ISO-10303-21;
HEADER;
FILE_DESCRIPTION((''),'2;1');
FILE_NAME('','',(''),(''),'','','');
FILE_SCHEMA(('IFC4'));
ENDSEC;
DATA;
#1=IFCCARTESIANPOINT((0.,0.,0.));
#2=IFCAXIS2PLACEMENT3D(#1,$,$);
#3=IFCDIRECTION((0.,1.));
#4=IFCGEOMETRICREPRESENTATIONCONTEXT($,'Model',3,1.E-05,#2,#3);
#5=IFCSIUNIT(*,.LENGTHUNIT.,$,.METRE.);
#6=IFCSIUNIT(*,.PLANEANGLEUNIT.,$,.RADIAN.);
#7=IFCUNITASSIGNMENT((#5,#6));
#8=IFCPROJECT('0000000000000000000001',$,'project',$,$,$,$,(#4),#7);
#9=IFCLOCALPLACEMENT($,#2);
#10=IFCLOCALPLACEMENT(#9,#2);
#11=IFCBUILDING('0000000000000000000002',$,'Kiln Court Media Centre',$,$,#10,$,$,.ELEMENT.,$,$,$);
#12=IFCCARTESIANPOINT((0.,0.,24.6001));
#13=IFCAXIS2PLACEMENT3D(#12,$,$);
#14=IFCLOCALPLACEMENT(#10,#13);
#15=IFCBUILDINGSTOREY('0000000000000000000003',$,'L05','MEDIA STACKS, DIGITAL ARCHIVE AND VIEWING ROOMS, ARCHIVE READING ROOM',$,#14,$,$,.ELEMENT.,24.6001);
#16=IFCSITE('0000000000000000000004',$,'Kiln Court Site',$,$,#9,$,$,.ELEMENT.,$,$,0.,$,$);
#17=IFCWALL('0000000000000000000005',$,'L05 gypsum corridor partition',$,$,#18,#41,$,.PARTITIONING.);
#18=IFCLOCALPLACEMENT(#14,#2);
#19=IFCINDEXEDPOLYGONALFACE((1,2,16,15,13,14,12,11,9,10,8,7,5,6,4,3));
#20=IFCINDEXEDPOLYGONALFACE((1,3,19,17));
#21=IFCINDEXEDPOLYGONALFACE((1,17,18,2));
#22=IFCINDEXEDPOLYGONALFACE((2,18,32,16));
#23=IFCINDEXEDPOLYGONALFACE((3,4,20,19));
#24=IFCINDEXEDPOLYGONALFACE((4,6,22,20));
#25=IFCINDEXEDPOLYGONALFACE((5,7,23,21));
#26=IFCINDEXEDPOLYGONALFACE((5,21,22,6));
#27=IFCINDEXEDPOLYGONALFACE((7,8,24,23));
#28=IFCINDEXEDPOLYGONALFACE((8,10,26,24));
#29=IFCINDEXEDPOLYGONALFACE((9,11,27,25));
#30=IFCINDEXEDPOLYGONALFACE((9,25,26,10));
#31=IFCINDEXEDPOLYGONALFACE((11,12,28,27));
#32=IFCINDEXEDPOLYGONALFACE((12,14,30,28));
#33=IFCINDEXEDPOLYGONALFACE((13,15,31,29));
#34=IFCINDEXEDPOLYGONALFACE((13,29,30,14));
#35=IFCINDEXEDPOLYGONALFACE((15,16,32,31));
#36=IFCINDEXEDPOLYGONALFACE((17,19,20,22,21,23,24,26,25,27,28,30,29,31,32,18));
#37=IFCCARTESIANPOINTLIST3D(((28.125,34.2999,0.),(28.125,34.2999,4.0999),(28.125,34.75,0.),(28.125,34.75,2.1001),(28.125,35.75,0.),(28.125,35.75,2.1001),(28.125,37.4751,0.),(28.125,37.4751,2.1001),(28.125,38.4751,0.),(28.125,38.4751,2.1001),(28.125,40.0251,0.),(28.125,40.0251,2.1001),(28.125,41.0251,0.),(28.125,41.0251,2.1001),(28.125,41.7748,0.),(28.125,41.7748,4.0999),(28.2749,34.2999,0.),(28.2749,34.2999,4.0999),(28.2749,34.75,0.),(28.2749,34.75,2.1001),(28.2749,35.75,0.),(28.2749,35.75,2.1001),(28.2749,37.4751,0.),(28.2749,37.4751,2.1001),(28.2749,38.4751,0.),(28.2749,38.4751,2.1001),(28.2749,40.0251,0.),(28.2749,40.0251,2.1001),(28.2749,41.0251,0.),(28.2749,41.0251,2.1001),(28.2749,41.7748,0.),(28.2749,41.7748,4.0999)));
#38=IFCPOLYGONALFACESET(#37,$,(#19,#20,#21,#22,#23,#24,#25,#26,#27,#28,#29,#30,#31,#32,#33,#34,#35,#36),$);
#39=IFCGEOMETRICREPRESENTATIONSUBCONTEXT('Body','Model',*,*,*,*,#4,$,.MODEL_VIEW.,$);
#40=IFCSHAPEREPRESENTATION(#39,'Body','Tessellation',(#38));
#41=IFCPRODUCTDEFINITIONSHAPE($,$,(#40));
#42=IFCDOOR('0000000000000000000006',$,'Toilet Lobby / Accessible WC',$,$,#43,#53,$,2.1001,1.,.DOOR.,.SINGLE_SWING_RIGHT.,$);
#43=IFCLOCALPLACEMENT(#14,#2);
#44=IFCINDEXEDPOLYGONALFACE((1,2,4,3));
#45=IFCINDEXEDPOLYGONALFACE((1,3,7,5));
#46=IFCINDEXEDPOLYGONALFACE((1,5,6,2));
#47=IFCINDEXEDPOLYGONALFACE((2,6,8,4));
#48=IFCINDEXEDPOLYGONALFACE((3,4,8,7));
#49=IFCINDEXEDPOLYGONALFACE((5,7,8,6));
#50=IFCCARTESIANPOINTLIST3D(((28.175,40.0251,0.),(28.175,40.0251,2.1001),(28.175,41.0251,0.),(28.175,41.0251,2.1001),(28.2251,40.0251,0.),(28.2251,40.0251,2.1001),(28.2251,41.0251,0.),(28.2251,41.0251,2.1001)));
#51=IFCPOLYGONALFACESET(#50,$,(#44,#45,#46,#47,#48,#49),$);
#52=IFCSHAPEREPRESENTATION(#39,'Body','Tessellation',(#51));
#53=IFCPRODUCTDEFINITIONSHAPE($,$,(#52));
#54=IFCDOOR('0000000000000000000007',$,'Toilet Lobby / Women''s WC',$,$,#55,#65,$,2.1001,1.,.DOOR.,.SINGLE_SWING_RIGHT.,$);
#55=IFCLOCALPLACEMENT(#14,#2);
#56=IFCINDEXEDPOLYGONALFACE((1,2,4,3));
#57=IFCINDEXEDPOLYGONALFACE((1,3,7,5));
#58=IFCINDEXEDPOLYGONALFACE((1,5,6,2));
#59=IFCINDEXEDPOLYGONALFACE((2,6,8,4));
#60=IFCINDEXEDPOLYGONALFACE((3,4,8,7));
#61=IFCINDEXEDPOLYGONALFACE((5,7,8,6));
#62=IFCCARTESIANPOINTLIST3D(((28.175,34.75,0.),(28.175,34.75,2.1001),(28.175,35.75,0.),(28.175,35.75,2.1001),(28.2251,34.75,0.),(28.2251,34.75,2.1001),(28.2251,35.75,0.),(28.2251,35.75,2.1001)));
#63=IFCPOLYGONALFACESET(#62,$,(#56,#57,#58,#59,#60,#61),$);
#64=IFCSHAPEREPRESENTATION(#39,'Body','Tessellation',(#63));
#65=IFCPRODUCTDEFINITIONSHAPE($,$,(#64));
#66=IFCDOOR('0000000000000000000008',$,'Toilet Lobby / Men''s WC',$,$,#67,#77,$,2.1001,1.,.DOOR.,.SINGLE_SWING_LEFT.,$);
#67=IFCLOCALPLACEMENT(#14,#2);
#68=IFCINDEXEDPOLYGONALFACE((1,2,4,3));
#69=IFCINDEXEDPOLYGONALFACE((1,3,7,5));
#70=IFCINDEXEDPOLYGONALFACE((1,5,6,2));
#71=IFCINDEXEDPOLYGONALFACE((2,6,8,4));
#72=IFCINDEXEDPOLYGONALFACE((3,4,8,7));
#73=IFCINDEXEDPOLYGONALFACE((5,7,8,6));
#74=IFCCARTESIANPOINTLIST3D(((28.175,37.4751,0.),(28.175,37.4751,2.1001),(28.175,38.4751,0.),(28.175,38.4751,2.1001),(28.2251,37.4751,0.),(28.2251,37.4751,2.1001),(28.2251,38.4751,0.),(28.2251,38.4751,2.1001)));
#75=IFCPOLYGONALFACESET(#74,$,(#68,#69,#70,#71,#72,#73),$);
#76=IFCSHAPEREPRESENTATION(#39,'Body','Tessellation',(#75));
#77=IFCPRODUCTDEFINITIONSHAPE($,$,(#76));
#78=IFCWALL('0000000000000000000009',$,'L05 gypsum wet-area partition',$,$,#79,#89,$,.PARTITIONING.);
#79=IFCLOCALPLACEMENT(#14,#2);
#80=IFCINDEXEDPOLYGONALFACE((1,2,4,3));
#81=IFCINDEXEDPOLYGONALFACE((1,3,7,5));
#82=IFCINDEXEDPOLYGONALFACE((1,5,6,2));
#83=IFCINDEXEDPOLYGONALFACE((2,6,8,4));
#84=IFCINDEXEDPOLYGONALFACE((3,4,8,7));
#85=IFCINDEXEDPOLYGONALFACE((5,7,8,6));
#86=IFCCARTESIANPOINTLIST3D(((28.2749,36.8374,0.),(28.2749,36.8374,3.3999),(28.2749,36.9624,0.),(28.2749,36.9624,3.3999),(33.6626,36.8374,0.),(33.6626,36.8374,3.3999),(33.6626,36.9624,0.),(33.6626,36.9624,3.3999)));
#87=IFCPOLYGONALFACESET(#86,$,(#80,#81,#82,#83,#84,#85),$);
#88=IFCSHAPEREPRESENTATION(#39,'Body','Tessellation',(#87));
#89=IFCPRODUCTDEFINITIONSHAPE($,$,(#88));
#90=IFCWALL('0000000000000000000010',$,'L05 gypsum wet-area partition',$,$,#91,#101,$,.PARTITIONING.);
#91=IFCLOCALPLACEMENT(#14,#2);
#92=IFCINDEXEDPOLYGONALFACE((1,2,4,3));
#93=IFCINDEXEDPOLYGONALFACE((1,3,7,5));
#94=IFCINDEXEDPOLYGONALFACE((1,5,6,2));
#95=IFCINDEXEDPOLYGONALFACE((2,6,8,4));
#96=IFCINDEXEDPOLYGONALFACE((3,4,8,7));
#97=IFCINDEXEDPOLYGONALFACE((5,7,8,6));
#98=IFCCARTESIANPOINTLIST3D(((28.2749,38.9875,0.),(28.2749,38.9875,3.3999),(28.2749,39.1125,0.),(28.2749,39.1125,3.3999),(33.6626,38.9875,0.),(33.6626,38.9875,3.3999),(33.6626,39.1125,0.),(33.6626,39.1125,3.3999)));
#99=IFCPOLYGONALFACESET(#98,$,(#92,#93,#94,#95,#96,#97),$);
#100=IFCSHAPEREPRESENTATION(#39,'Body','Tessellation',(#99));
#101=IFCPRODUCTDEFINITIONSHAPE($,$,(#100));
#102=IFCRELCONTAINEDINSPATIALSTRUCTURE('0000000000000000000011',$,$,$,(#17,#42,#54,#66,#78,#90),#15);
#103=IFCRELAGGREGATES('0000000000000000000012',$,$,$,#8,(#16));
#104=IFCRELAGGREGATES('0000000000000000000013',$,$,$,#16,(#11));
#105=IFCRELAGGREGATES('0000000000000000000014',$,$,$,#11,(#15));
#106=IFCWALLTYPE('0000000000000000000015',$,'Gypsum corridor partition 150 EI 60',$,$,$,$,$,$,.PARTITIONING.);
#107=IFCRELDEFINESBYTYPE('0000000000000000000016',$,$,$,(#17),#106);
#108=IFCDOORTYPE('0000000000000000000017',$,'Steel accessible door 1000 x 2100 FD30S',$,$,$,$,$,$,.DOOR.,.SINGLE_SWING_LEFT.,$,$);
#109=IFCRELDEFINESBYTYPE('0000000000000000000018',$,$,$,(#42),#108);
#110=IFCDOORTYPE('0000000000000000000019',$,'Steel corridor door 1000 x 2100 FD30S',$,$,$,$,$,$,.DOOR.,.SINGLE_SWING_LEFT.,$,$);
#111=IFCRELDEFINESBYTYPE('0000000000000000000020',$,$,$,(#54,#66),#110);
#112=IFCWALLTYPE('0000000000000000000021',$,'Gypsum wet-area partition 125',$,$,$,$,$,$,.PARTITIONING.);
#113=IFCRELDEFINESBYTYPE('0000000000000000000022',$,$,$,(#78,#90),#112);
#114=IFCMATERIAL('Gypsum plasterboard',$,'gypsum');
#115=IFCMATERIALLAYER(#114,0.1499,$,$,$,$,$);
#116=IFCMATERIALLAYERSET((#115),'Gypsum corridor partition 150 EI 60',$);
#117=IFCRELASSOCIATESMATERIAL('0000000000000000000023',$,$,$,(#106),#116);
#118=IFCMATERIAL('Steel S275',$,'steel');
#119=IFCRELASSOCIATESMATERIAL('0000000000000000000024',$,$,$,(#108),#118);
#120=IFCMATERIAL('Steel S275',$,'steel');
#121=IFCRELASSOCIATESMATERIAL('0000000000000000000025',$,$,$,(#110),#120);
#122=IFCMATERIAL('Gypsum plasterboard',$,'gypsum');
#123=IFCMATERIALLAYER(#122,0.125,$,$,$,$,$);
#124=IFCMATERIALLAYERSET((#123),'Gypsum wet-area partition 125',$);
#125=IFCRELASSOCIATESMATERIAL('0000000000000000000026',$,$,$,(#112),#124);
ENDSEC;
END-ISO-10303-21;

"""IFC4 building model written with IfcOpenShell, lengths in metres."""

from ifc_helpers import new_model, si_unit, direction, frame, frame_2d, origin, place, context, subcontext, project, spatial, rectangle, extrude, material, layer, layer_set, type_object, element, fill, save


model = new_model("IFC4")

# Units and contexts
model_context = context("Model", 3, precision=1e-05, world=origin(), true_north=direction((0.0, 1.0)))
body_context = subcontext(model_context, "Body", "Model", "MODEL_VIEW")
ifc_project = project(units=[si_unit("LENGTHUNIT", "METRE"), si_unit("PLANEANGLEUNIT", "RADIAN")], contexts=[model_context])

# Site, building, storey
site_placement = place(None, origin())
site = spatial("IfcSite", under=ifc_project, at=site_placement, Name="Kiln Court Site", CompositionType="ELEMENT", RefElevation=0.0)
building_placement = place(site_placement, origin())
building = spatial("IfcBuilding", under=site, at=building_placement, Name="Kiln Court Media Centre", CompositionType="ELEMENT")
storey_placement = place(building_placement, frame((0.0, 0.0, 24.6001)))
storey = spatial("IfcBuildingStorey", under=building, at=storey_placement, Name="L05", Description="MEDIA STACKS, DIGITAL ARCHIVE AND VIEWING ROOMS, ARCHIVE READING ROOM", CompositionType="ELEMENT", Elevation=24.6001)

# Shared definitions
ifc_material_1 = material(Name="Gypsum plasterboard", Category="gypsum")
ifc_layer_1 = layer(ifc_material_1, 0.1499)
ifc_layer_set_1 = layer_set([ifc_layer_1], Name="Gypsum corridor partition 150 EI 60")
wall_type_1 = type_object("IfcWallType", Name="Gypsum corridor partition 150 EI 60", PredefinedType="PARTITIONING", material=ifc_layer_set_1)

# Wall, openings, doors
wall_1_placement = place(storey_placement, frame((28.2, 34.3, 0.0), z_axis=(0.0, 0.0, 1.0), x_axis=(0.0, 1.0, 0.0)))
wall_1 = element("IfcWall", 1, at=wall_1_placement, inside=storey, type_object=wall_type_1, Name="L05 gypsum corridor partition", PredefinedType="PARTITIONING", context=body_context, shape_type="SweptSolid", body=[
    extrude(rectangle(XDim=7.4749, YDim=0.1499, at=frame_2d((3.7373, 0.0))), origin(), (0.0, 0.0, 1.0), 4.0999),
])
opening_1_placement = place(wall_1_placement, frame((0.45, 0.0, 0.0)))
opening_1 = element("IfcOpeningElement", 2, at=opening_1_placement, cuts=wall_1, PredefinedType="OPENING", context=body_context, shape_type="SweptSolid", body=[
    extrude(rectangle(XDim=1.0, YDim=2.1001, at=frame_2d((0.5, 1.05))), frame((0.0, 0.085, 0.0), z_axis=(0.0, -1.0, 0.0), x_axis=(1.0, 0.0, 0.0)), (0.0, 0.0, 1.0), 0.1699),
])
opening_2_placement = place(wall_1_placement, frame((3.175, 0.0, 0.0)))
opening_2 = element("IfcOpeningElement", 3, at=opening_2_placement, cuts=wall_1, PredefinedType="OPENING", context=body_context, shape_type="SweptSolid", body=[
    extrude(rectangle(XDim=1.0, YDim=2.1001, at=frame_2d((0.5, 1.05))), frame((0.0, 0.085, 0.0), z_axis=(0.0, -1.0, 0.0), x_axis=(1.0, 0.0, 0.0)), (0.0, 0.0, 1.0), 0.1699),
])
opening_3_placement = place(wall_1_placement, frame((5.7251, 0.0, 0.0)))
opening_3 = element("IfcOpeningElement", 4, at=opening_3_placement, cuts=wall_1, PredefinedType="OPENING", context=body_context, shape_type="SweptSolid", body=[
    extrude(rectangle(XDim=1.0, YDim=2.1001, at=frame_2d((0.5, 1.05))), frame((0.0, 0.085, 0.0), z_axis=(0.0, -1.0, 0.0), x_axis=(1.0, 0.0, 0.0)), (0.0, 0.0, 1.0), 0.1699),
])
ifc_material_2 = material(Name="Steel S275", Category="steel")
door_type_1 = type_object("IfcDoorType", Name="Steel accessible door 1000 x 2100 FD30S", OperationType="SINGLE_SWING_LEFT", PredefinedType="DOOR", material=ifc_material_2)
door_1_placement = place(opening_3_placement, origin())
door_1 = element("IfcDoor", 5, at=door_1_placement, inside=storey, type_object=door_type_1, Name="Toilet Lobby / Accessible WC", OperationType="SINGLE_SWING_RIGHT", OverallHeight=2.1001, OverallWidth=1.0, PredefinedType="DOOR", context=body_context, shape_type="SweptSolid", body=[
    extrude(rectangle(XDim=1.0, YDim=2.1001, at=frame_2d((0.5, 1.05))), frame((0.0, 0.0249, 0.0), z_axis=(0.0, -1.0, 0.0), x_axis=(1.0, 0.0, 0.0)), (0.0, 0.0, 1.0), 0.05),
])
fill(opening_3, door_1)
ifc_material_3 = material(Name="Steel S275", Category="steel")
door_type_2 = type_object("IfcDoorType", Name="Steel corridor door 1000 x 2100 FD30S", OperationType="SINGLE_SWING_LEFT", PredefinedType="DOOR", material=ifc_material_3)
door_2_placement = place(opening_1_placement, origin())
door_2 = element("IfcDoor", 6, at=door_2_placement, inside=storey, type_object=door_type_2, Name="Toilet Lobby / Women's WC", OperationType="SINGLE_SWING_RIGHT", OverallHeight=2.1001, OverallWidth=1.0, PredefinedType="DOOR", context=body_context, shape_type="SweptSolid", body=[
    extrude(rectangle(XDim=1.0, YDim=2.1001, at=frame_2d((0.5, 1.05))), frame((0.0, 0.0249, 0.0), z_axis=(0.0, -1.0, 0.0), x_axis=(1.0, 0.0, 0.0)), (0.0, 0.0, 1.0), 0.05),
])
fill(opening_1, door_2)
door_3_placement = place(opening_2_placement, origin())
door_3 = element("IfcDoor", 7, at=door_3_placement, inside=storey, type_object=door_type_2, Name="Toilet Lobby / Men's WC", OperationType="SINGLE_SWING_LEFT", OverallHeight=2.1001, OverallWidth=1.0, PredefinedType="DOOR", context=body_context, shape_type="SweptSolid", body=[
    extrude(rectangle(XDim=1.0, YDim=2.1001, at=frame_2d((0.5, 1.05))), frame((0.0, 0.0249, 0.0), z_axis=(0.0, -1.0, 0.0), x_axis=(1.0, 0.0, 0.0)), (0.0, 0.0, 1.0), 0.05),
])
fill(opening_2, door_3)

# Walls
ifc_material_4 = material(Name="Gypsum plasterboard", Category="gypsum")
ifc_layer_2 = layer(ifc_material_4, 0.125)
ifc_layer_set_2 = layer_set([ifc_layer_2], Name="Gypsum wet-area partition 125")
wall_type_2 = type_object("IfcWallType", Name="Gypsum wet-area partition 125", PredefinedType="PARTITIONING", material=ifc_layer_set_2)
for number, where, z_axis, x_axis, name in (
    (8, (28.2749, 36.8999, 0.0), (0.0, 0.0, 1.0), (1.0, 0.0, 0.0), "L05 gypsum wet-area partition"),
    (9, (28.2749, 39.05, 0.0), (0.0, 0.0, 1.0), (1.0, 0.0, 0.0), "L05 gypsum wet-area partition"),
):
    element("IfcWall", number, at=place(storey_placement, frame(where, z_axis=z_axis, x_axis=x_axis)), inside=storey, type_object=wall_type_2, Name=name, PredefinedType="PARTITIONING", context=body_context, shape_type="SweptSolid", body=[
        extrude(rectangle(XDim=5.3877, YDim=0.125, at=frame_2d((2.6938, 0.0))), origin(), (0.0, 0.0, 1.0), 3.3999),
    ])

save(model, "model.ifc")
